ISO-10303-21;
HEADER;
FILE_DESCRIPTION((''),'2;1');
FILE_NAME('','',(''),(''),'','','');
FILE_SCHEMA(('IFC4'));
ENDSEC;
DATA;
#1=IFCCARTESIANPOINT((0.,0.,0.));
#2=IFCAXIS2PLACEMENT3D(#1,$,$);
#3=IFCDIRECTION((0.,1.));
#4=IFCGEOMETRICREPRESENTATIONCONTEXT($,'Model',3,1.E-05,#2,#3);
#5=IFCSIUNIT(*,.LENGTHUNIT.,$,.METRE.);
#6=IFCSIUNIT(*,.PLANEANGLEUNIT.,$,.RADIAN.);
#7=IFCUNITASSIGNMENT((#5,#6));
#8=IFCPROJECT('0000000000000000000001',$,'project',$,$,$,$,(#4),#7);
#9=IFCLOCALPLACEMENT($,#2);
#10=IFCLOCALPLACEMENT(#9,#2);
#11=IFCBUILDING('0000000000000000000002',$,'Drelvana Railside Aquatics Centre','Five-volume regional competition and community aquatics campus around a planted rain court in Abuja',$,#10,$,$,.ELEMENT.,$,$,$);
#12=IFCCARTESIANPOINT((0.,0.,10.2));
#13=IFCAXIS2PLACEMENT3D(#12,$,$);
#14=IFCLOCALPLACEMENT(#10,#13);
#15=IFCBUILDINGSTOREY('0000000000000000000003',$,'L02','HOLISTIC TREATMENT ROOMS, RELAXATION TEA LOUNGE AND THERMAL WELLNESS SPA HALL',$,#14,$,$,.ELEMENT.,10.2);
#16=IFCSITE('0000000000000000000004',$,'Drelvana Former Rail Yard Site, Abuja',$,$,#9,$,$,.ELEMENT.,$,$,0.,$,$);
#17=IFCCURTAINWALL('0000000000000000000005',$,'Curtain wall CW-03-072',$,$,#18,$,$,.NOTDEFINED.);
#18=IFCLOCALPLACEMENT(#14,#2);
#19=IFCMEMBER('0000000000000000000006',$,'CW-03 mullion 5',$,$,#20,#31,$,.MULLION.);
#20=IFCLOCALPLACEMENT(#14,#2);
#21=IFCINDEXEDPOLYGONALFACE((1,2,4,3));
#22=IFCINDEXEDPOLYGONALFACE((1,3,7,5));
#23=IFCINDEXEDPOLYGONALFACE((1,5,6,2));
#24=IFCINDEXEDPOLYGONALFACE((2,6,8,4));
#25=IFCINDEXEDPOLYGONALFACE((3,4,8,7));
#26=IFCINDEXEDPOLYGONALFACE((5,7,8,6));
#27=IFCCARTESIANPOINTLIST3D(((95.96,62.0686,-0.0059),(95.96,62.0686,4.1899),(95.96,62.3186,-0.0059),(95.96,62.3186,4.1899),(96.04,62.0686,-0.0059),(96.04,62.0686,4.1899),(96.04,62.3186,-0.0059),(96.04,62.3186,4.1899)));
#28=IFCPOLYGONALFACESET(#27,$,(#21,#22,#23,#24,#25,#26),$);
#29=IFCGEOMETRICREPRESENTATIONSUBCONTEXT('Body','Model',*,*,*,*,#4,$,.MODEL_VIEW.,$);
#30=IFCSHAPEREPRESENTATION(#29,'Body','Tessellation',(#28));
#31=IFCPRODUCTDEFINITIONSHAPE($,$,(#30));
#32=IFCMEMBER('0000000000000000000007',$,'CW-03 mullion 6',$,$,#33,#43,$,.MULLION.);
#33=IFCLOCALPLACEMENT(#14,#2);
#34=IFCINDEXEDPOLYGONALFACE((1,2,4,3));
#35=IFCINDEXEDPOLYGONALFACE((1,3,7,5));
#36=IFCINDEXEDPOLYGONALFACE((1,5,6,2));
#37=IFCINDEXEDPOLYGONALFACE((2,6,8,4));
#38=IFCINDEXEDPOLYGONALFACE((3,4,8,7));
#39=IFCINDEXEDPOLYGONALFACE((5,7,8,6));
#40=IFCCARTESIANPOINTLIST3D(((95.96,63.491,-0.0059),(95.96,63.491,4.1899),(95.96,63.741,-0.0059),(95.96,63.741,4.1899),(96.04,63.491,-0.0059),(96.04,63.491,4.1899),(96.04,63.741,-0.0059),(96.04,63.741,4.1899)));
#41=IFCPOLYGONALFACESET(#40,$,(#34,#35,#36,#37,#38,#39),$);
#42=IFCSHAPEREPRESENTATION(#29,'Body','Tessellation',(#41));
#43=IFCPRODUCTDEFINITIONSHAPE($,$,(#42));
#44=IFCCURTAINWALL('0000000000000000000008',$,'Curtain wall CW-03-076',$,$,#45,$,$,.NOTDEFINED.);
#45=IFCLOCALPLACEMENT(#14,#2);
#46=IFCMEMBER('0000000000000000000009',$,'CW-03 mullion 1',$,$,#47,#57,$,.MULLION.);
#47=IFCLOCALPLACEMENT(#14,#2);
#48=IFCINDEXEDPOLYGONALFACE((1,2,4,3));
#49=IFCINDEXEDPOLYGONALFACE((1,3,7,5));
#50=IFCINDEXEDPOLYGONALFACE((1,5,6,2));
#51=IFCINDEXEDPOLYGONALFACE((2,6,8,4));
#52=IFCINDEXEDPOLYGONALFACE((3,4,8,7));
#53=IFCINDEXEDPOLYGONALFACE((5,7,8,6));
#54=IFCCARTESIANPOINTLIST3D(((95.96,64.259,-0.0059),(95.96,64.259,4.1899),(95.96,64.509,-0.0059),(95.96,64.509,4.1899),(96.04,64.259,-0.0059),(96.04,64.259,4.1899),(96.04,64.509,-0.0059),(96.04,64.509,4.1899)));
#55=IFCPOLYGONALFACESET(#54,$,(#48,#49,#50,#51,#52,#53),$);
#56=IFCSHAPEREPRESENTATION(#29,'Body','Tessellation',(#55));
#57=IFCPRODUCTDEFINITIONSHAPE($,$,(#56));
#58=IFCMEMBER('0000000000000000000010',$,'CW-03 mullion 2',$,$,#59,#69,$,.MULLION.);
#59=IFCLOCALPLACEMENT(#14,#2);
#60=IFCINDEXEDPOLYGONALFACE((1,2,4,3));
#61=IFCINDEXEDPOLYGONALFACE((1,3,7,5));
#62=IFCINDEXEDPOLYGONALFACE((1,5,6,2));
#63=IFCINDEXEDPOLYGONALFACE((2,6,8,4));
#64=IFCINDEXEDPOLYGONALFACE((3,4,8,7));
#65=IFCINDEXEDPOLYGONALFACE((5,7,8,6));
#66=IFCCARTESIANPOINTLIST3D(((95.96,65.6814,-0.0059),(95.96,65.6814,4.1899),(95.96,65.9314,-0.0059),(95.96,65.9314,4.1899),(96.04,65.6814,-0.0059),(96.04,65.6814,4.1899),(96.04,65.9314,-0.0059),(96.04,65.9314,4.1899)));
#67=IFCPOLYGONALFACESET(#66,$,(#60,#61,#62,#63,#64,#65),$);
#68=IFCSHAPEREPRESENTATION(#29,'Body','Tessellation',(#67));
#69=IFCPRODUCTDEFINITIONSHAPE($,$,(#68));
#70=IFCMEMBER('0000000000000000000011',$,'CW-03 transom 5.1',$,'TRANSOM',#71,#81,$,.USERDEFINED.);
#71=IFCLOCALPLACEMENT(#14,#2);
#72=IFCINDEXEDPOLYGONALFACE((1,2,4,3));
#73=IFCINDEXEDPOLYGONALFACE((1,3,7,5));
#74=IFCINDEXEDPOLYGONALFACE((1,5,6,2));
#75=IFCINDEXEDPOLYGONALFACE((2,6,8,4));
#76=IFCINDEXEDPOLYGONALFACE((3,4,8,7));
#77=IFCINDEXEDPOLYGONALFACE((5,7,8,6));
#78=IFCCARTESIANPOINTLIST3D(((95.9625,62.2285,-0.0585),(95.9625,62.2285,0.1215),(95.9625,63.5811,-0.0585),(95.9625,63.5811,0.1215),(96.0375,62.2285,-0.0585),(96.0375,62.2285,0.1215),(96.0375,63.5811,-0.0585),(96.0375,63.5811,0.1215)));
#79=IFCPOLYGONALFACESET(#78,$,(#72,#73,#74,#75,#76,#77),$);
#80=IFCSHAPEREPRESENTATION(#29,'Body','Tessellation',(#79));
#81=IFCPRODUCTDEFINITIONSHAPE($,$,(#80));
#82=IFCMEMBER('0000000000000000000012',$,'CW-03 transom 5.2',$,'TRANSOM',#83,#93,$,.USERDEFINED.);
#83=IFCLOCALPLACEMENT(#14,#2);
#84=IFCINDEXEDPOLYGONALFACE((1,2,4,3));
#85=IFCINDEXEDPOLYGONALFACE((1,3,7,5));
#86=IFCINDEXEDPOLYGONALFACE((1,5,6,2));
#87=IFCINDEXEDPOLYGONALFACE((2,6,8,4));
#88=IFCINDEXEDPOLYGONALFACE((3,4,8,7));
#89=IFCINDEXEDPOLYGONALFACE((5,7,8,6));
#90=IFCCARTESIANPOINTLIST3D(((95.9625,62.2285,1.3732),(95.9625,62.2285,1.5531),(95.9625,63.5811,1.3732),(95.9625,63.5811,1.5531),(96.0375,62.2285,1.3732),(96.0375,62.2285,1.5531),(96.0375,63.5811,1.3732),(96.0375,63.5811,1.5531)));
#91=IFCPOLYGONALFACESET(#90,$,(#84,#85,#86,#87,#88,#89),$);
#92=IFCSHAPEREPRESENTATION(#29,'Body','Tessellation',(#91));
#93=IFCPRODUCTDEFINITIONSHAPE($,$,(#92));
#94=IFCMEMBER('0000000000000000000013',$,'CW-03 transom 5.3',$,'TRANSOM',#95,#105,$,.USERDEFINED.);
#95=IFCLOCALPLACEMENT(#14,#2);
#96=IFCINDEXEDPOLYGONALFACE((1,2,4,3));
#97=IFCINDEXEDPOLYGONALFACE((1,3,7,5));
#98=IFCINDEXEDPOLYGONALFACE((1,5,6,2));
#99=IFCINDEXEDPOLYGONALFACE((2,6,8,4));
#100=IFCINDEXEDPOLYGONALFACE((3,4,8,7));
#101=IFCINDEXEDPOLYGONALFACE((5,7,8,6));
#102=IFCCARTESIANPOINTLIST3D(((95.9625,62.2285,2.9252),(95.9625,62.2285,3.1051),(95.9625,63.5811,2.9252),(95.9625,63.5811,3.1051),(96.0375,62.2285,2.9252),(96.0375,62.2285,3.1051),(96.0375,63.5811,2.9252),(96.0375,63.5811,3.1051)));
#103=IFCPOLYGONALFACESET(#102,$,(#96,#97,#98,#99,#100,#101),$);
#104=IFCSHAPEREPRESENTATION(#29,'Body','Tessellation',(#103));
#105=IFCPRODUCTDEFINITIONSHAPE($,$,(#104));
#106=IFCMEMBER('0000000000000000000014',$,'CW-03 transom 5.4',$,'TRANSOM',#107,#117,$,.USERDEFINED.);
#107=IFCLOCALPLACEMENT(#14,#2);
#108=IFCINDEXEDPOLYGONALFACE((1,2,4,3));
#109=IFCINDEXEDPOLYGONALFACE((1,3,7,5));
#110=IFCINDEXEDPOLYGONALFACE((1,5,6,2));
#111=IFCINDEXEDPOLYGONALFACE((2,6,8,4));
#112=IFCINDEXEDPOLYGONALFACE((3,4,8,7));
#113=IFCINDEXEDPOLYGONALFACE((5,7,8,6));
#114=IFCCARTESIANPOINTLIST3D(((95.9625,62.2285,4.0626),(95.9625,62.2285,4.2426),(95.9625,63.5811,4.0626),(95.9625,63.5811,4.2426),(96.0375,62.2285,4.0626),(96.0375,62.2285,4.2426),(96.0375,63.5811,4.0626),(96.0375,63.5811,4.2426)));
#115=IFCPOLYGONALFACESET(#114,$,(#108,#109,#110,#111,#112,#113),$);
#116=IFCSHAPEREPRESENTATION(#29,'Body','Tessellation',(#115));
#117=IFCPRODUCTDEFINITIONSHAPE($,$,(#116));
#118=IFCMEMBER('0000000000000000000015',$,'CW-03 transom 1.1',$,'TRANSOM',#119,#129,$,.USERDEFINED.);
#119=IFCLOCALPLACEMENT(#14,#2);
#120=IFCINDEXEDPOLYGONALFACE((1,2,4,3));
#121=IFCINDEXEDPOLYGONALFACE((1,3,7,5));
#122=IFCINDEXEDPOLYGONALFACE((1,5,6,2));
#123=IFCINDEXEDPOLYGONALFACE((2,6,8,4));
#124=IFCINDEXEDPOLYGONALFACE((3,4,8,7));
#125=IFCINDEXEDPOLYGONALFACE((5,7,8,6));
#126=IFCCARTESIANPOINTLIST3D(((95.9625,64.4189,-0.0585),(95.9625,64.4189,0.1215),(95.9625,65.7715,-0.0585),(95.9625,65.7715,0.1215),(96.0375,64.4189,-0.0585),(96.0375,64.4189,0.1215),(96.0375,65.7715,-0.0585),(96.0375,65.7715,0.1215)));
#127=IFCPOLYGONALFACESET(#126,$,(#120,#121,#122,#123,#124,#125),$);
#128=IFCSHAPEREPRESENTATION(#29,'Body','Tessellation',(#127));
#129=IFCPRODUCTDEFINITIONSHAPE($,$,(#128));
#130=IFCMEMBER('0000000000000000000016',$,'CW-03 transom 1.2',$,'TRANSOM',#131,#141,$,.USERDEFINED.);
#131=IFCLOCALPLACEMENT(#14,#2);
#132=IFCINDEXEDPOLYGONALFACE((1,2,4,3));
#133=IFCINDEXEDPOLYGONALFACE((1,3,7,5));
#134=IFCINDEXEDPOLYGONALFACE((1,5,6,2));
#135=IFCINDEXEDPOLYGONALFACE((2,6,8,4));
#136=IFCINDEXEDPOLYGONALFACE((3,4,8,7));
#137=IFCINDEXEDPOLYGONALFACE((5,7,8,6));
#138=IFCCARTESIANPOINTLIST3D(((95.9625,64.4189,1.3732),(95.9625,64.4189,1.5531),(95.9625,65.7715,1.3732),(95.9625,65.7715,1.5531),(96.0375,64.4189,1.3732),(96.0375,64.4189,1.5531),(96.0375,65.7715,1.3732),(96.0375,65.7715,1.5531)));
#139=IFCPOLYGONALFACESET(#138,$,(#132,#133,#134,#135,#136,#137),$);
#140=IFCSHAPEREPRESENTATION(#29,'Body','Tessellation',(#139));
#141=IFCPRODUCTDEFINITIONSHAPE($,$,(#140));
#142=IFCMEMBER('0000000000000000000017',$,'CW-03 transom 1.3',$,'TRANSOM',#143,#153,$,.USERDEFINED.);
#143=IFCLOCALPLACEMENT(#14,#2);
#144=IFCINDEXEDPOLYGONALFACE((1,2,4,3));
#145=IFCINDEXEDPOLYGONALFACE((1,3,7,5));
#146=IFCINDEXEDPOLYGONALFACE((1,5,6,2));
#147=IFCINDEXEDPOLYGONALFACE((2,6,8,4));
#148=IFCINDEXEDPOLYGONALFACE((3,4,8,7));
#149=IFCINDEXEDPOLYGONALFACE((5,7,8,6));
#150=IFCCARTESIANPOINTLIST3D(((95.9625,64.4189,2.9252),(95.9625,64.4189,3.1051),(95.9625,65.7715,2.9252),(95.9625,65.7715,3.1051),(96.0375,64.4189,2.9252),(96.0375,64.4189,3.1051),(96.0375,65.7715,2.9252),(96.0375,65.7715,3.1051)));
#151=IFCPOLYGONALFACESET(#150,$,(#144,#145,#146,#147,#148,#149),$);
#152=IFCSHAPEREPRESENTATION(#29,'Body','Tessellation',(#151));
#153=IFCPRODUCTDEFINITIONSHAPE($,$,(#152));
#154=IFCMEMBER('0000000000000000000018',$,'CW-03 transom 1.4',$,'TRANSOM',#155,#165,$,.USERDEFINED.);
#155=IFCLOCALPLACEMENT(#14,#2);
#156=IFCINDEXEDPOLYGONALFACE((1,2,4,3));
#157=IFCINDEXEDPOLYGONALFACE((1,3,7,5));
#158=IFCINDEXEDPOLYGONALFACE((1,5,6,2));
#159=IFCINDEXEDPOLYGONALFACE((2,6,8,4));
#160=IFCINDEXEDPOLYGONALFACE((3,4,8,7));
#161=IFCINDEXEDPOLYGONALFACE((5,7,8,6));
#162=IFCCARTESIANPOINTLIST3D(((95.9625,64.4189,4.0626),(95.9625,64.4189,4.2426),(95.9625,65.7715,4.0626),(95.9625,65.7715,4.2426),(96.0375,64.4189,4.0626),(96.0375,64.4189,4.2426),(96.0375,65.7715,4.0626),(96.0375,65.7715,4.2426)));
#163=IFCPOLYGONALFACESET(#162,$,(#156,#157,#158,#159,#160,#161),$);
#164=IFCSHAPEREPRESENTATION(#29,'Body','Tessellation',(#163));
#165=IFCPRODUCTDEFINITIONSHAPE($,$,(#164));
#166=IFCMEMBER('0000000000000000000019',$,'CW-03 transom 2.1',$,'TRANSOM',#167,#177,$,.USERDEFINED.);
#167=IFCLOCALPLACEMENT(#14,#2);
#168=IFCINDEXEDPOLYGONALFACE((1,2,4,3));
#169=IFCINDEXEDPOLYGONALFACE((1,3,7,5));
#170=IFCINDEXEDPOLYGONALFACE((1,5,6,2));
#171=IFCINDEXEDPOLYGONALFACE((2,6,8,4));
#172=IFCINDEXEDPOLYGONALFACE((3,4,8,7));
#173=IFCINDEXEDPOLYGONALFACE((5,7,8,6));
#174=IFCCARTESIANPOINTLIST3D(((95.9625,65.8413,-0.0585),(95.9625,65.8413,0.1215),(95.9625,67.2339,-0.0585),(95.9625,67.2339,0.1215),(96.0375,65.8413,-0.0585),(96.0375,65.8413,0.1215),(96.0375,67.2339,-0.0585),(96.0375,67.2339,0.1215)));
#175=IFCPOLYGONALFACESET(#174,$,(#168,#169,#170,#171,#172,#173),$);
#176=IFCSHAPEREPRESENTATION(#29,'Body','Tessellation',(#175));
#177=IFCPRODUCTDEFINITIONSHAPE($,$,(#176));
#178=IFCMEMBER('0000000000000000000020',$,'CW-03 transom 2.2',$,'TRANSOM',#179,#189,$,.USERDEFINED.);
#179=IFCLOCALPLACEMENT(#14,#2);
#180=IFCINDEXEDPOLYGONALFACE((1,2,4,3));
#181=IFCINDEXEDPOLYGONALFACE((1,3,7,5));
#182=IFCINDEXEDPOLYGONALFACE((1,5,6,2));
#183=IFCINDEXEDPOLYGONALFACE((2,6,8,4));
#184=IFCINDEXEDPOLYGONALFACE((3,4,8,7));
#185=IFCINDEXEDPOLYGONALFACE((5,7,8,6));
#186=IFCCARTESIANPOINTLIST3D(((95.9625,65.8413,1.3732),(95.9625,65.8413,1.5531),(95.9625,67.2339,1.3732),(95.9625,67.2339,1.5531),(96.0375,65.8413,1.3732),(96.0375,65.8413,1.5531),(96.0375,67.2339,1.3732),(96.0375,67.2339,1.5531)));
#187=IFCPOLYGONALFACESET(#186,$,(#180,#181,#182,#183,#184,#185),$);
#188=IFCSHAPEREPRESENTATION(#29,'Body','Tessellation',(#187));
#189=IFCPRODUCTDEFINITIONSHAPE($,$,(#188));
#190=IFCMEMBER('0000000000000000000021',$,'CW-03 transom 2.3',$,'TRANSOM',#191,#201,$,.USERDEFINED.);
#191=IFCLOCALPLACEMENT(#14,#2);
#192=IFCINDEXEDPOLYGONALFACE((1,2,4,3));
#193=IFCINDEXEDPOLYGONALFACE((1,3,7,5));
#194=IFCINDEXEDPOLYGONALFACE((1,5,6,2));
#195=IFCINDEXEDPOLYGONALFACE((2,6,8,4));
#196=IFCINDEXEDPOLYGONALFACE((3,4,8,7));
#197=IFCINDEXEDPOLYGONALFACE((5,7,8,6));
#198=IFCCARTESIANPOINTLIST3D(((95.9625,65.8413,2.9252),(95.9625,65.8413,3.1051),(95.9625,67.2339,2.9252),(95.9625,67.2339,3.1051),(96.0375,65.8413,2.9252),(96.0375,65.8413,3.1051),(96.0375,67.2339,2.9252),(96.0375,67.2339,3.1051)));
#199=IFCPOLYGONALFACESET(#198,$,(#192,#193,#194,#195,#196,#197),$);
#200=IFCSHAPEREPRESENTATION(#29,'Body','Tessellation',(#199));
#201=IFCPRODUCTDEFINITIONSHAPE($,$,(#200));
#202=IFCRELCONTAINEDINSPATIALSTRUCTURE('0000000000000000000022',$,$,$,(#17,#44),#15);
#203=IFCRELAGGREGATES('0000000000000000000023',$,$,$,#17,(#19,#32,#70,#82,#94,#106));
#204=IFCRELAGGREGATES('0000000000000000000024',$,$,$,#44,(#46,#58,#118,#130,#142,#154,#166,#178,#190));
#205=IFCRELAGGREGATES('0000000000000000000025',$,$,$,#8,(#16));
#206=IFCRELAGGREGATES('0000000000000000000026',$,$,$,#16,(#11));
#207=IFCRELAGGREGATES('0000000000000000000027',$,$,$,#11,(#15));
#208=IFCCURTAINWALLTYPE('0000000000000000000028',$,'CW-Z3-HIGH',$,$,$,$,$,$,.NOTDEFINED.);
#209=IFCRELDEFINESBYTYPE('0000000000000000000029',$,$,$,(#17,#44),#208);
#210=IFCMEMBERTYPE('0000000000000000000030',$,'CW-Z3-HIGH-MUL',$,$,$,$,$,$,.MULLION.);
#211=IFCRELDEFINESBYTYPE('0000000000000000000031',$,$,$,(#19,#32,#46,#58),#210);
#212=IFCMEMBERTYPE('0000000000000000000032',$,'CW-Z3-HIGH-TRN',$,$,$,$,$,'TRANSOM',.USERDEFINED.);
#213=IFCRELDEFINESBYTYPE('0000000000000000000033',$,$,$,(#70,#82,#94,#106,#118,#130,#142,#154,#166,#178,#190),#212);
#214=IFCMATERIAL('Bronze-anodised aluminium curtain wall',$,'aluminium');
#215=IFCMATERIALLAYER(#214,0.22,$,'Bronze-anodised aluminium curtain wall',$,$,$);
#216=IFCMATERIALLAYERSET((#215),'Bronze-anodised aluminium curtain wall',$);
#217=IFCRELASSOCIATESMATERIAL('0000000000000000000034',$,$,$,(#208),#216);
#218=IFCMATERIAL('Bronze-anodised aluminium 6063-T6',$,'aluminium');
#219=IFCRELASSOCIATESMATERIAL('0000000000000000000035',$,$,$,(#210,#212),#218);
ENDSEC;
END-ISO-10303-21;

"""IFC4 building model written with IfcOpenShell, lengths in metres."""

from ifc_helpers import new_model, si_unit, direction, frame, origin, origin_2d, place, context, subcontext, project, spatial, rectangle, extrude, material, layer, layer_set, material_profile, profile_set, type_object, element, aggregate, save


model = new_model("IFC4")

# Units and contexts
model_context = context("Model", 3, precision=1e-05, world=origin(), true_north=direction((0.0, 1.0)))
body_context = subcontext(model_context, "Body", "Model", "MODEL_VIEW")
ifc_project = project(units=[si_unit("LENGTHUNIT", "METRE"), si_unit("PLANEANGLEUNIT", "RADIAN")], contexts=[model_context])

# Site, building, storey
site_placement = place(None, origin())
site = spatial("IfcSite", under=ifc_project, at=site_placement, Name="Drelvana Former Rail Yard Site, Abuja", CompositionType="ELEMENT", RefElevation=0.0)
building_placement = place(site_placement, origin())
building = spatial("IfcBuilding", under=site, at=building_placement, Name="Drelvana Railside Aquatics Centre", Description="Five-volume regional competition and community aquatics campus around a planted rain court in Abuja", CompositionType="ELEMENT")
storey_placement = place(building_placement, frame((0.0, 0.0, 10.2)))
storey = spatial("IfcBuildingStorey", under=building, at=storey_placement, Name="L02", Description="HOLISTIC TREATMENT ROOMS, RELAXATION TEA LOUNGE AND THERMAL WELLNESS SPA HALL", CompositionType="ELEMENT", Elevation=10.2)

# Curtain walls, members
ifc_material_1 = material(Name="Bronze-anodised aluminium curtain wall", Category="aluminium")
ifc_layer_1 = layer(ifc_material_1, 0.22, Name="Bronze-anodised aluminium curtain wall")
ifc_layer_set_1 = layer_set([ifc_layer_1], Name="Bronze-anodised aluminium curtain wall")
curtain_wall_type = type_object("IfcCurtainWallType", Name="CW-Z3-HIGH", PredefinedType="NOTDEFINED", material=ifc_layer_set_1)
curtain_wall_1_placement = place(storey_placement, origin())
curtain_wall_1 = element("IfcCurtainWall", 1, at=curtain_wall_1_placement, inside=storey, type_object=curtain_wall_type, Name="Curtain wall CW-03-072", PredefinedType="NOTDEFINED")
ifc_material_2 = material(Name="Bronze-anodised aluminium 6063-T6", Category="aluminium")
ifc_material_profile_1 = material_profile(ifc_material_2, rectangle(XDim=0.0801, YDim=0.25, at=origin_2d()), Name="ALU-M 80x250")
ifc_profile_set_1 = profile_set([ifc_material_profile_1], Name="Bronze-anodised aluminium 6063-T6")
member_type_1 = type_object("IfcMemberType", Name="CW-Z3-HIGH-MUL", PredefinedType="MULLION", material=ifc_profile_set_1)
member_1_placement = place(storey_placement, frame((96.0, 62.1936, -0.0059), z_axis=(0.0, 0.0, 1.0), x_axis=(-1.0, 0.0, 0.0)))
member_1 = element("IfcMember", 2, at=member_1_placement, type_object=member_type_1, Name="CW-03 mullion 5", PredefinedType="MULLION", context=body_context, shape_type="SweptSolid", body=[
    extrude(rectangle(XDim=0.0801, YDim=0.25, at=origin_2d()), origin(), (0.0, 0.0, 1.0), 4.1958),
])
member_2_placement = place(storey_placement, frame((96.0, 63.616, -0.0059), z_axis=(0.0, 0.0, 1.0), x_axis=(-1.0, 0.0, 0.0)))
member_2 = element("IfcMember", 3, at=member_2_placement, type_object=member_type_1, Name="CW-03 mullion 6", PredefinedType="MULLION", context=body_context, shape_type="SweptSolid", body=[
    extrude(rectangle(XDim=0.0801, YDim=0.25, at=origin_2d()), origin(), (0.0, 0.0, 1.0), 4.1958),
])
curtain_wall_2_placement = place(storey_placement, origin())
curtain_wall_2 = element("IfcCurtainWall", 4, at=curtain_wall_2_placement, inside=storey, type_object=curtain_wall_type, Name="Curtain wall CW-03-076", PredefinedType="NOTDEFINED")
member_3_placement = place(storey_placement, frame((96.0, 64.384, -0.0059), z_axis=(0.0, 0.0, 1.0), x_axis=(-1.0, 0.0, 0.0)))
member_3 = element("IfcMember", 5, at=member_3_placement, type_object=member_type_1, Name="CW-03 mullion 1", PredefinedType="MULLION", context=body_context, shape_type="SweptSolid", body=[
    extrude(rectangle(XDim=0.0801, YDim=0.25, at=origin_2d()), origin(), (0.0, 0.0, 1.0), 4.1958),
])
member_4_placement = place(storey_placement, frame((96.0, 65.8064, -0.0059), z_axis=(0.0, 0.0, 1.0), x_axis=(-1.0, 0.0, 0.0)))
member_4 = element("IfcMember", 6, at=member_4_placement, type_object=member_type_1, Name="CW-03 mullion 2", PredefinedType="MULLION", context=body_context, shape_type="SweptSolid", body=[
    extrude(rectangle(XDim=0.0801, YDim=0.25, at=origin_2d()), origin(), (0.0, 0.0, 1.0), 4.1958),
])

# Members
ifc_material_profile_2 = material_profile(ifc_material_2, rectangle(XDim=0.1799, YDim=0.075, at=origin_2d()), Name="ALU-T 75x180")
ifc_profile_set_2 = profile_set([ifc_material_profile_2], Name="Bronze-anodised aluminium 6063-T6")
member_type_2 = type_object("IfcMemberType", Name="CW-Z3-HIGH-TRN", ElementType="TRANSOM", PredefinedType="USERDEFINED", material=ifc_profile_set_2)
member_5_placement = place(storey_placement, frame((96.0, 62.2285, 0.0315), z_axis=(0.0, 1.0, 0.0), x_axis=(0.0, 0.0, 1.0)))
member_5 = element("IfcMember", 7, at=member_5_placement, type_object=member_type_2, Name="CW-03 transom 5.1", ObjectType="TRANSOM", PredefinedType="USERDEFINED", context=body_context, shape_type="SweptSolid", body=[
    extrude(rectangle(XDim=0.1799, YDim=0.075, at=origin_2d()), origin(), (0.0, 0.0, 1.0), 1.3525),
])
member_6_placement = place(storey_placement, frame((96.0, 62.2285, 1.4631), z_axis=(0.0, 1.0, 0.0), x_axis=(0.0, 0.0, 1.0)))
member_6 = element("IfcMember", 8, at=member_6_placement, type_object=member_type_2, Name="CW-03 transom 5.2", ObjectType="TRANSOM", PredefinedType="USERDEFINED", context=body_context, shape_type="SweptSolid", body=[
    extrude(rectangle(XDim=0.1799, YDim=0.075, at=origin_2d()), origin(), (0.0, 0.0, 1.0), 1.3525),
])
member_7_placement = place(storey_placement, frame((96.0, 62.2285, 3.0151), z_axis=(0.0, 1.0, 0.0), x_axis=(0.0, 0.0, 1.0)))
member_7 = element("IfcMember", 9, at=member_7_placement, type_object=member_type_2, Name="CW-03 transom 5.3", ObjectType="TRANSOM", PredefinedType="USERDEFINED", context=body_context, shape_type="SweptSolid", body=[
    extrude(rectangle(XDim=0.1799, YDim=0.075, at=origin_2d()), origin(), (0.0, 0.0, 1.0), 1.3525),
])
member_8_placement = place(storey_placement, frame((96.0, 62.2285, 4.1526), z_axis=(0.0, 1.0, 0.0), x_axis=(0.0, 0.0, 1.0)))
member_8 = element("IfcMember", 10, at=member_8_placement, type_object=member_type_2, Name="CW-03 transom 5.4", ObjectType="TRANSOM", PredefinedType="USERDEFINED", context=body_context, shape_type="SweptSolid", body=[
    extrude(rectangle(XDim=0.1799, YDim=0.075, at=origin_2d()), origin(), (0.0, 0.0, 1.0), 1.3525),
])
member_9_placement = place(storey_placement, frame((96.0, 64.4189, 0.0315), z_axis=(0.0, 1.0, 0.0), x_axis=(0.0, 0.0, 1.0)))
member_9 = element("IfcMember", 11, at=member_9_placement, type_object=member_type_2, Name="CW-03 transom 1.1", ObjectType="TRANSOM", PredefinedType="USERDEFINED", context=body_context, shape_type="SweptSolid", body=[
    extrude(rectangle(XDim=0.1799, YDim=0.075, at=origin_2d()), origin(), (0.0, 0.0, 1.0), 1.3525),
])
member_10_placement = place(storey_placement, frame((96.0, 64.4189, 1.4631), z_axis=(0.0, 1.0, 0.0), x_axis=(0.0, 0.0, 1.0)))
member_10 = element("IfcMember", 12, at=member_10_placement, type_object=member_type_2, Name="CW-03 transom 1.2", ObjectType="TRANSOM", PredefinedType="USERDEFINED", context=body_context, shape_type="SweptSolid", body=[
    extrude(rectangle(XDim=0.1799, YDim=0.075, at=origin_2d()), origin(), (0.0, 0.0, 1.0), 1.3525),
])
member_11_placement = place(storey_placement, frame((96.0, 64.4189, 3.0151), z_axis=(0.0, 1.0, 0.0), x_axis=(0.0, 0.0, 1.0)))
member_11 = element("IfcMember", 13, at=member_11_placement, type_object=member_type_2, Name="CW-03 transom 1.3", ObjectType="TRANSOM", PredefinedType="USERDEFINED", context=body_context, shape_type="SweptSolid", body=[
    extrude(rectangle(XDim=0.1799, YDim=0.075, at=origin_2d()), origin(), (0.0, 0.0, 1.0), 1.3525),
])
member_12_placement = place(storey_placement, frame((96.0, 64.4189, 4.1526), z_axis=(0.0, 1.0, 0.0), x_axis=(0.0, 0.0, 1.0)))
member_12 = element("IfcMember", 14, at=member_12_placement, type_object=member_type_2, Name="CW-03 transom 1.4", ObjectType="TRANSOM", PredefinedType="USERDEFINED", context=body_context, shape_type="SweptSolid", body=[
    extrude(rectangle(XDim=0.1799, YDim=0.075, at=origin_2d()), origin(), (0.0, 0.0, 1.0), 1.3525),
])
member_13_placement = place(storey_placement, frame((96.0, 65.8413, 0.0315), z_axis=(0.0, 1.0, 0.0), x_axis=(0.0, 0.0, 1.0)))
member_13 = element("IfcMember", 15, at=member_13_placement, type_object=member_type_2, Name="CW-03 transom 2.1", ObjectType="TRANSOM", PredefinedType="USERDEFINED", context=body_context, shape_type="SweptSolid", body=[
    extrude(rectangle(XDim=0.1799, YDim=0.075, at=origin_2d()), origin(), (0.0, 0.0, 1.0), 1.3926),
])
member_14_placement = place(storey_placement, frame((96.0, 65.8413, 1.4631), z_axis=(0.0, 1.0, 0.0), x_axis=(0.0, 0.0, 1.0)))
member_14 = element("IfcMember", 16, at=member_14_placement, type_object=member_type_2, Name="CW-03 transom 2.2", ObjectType="TRANSOM", PredefinedType="USERDEFINED", context=body_context, shape_type="SweptSolid", body=[
    extrude(rectangle(XDim=0.1799, YDim=0.075, at=origin_2d()), origin(), (0.0, 0.0, 1.0), 1.3926),
])
member_15_placement = place(storey_placement, frame((96.0, 65.8413, 3.0151), z_axis=(0.0, 1.0, 0.0), x_axis=(0.0, 0.0, 1.0)))
member_15 = element("IfcMember", 17, at=member_15_placement, type_object=member_type_2, Name="CW-03 transom 2.3", ObjectType="TRANSOM", PredefinedType="USERDEFINED", context=body_context, shape_type="SweptSolid", body=[
    extrude(rectangle(XDim=0.1799, YDim=0.075, at=origin_2d()), origin(), (0.0, 0.0, 1.0), 1.3926),
])

aggregate(curtain_wall_1, [member_1, member_2, member_5, member_6, member_7, member_8])
aggregate(curtain_wall_2, [member_3, member_4, member_9, member_10, member_11, member_12, member_13, member_14, member_15])

save(model, "model.ifc")
